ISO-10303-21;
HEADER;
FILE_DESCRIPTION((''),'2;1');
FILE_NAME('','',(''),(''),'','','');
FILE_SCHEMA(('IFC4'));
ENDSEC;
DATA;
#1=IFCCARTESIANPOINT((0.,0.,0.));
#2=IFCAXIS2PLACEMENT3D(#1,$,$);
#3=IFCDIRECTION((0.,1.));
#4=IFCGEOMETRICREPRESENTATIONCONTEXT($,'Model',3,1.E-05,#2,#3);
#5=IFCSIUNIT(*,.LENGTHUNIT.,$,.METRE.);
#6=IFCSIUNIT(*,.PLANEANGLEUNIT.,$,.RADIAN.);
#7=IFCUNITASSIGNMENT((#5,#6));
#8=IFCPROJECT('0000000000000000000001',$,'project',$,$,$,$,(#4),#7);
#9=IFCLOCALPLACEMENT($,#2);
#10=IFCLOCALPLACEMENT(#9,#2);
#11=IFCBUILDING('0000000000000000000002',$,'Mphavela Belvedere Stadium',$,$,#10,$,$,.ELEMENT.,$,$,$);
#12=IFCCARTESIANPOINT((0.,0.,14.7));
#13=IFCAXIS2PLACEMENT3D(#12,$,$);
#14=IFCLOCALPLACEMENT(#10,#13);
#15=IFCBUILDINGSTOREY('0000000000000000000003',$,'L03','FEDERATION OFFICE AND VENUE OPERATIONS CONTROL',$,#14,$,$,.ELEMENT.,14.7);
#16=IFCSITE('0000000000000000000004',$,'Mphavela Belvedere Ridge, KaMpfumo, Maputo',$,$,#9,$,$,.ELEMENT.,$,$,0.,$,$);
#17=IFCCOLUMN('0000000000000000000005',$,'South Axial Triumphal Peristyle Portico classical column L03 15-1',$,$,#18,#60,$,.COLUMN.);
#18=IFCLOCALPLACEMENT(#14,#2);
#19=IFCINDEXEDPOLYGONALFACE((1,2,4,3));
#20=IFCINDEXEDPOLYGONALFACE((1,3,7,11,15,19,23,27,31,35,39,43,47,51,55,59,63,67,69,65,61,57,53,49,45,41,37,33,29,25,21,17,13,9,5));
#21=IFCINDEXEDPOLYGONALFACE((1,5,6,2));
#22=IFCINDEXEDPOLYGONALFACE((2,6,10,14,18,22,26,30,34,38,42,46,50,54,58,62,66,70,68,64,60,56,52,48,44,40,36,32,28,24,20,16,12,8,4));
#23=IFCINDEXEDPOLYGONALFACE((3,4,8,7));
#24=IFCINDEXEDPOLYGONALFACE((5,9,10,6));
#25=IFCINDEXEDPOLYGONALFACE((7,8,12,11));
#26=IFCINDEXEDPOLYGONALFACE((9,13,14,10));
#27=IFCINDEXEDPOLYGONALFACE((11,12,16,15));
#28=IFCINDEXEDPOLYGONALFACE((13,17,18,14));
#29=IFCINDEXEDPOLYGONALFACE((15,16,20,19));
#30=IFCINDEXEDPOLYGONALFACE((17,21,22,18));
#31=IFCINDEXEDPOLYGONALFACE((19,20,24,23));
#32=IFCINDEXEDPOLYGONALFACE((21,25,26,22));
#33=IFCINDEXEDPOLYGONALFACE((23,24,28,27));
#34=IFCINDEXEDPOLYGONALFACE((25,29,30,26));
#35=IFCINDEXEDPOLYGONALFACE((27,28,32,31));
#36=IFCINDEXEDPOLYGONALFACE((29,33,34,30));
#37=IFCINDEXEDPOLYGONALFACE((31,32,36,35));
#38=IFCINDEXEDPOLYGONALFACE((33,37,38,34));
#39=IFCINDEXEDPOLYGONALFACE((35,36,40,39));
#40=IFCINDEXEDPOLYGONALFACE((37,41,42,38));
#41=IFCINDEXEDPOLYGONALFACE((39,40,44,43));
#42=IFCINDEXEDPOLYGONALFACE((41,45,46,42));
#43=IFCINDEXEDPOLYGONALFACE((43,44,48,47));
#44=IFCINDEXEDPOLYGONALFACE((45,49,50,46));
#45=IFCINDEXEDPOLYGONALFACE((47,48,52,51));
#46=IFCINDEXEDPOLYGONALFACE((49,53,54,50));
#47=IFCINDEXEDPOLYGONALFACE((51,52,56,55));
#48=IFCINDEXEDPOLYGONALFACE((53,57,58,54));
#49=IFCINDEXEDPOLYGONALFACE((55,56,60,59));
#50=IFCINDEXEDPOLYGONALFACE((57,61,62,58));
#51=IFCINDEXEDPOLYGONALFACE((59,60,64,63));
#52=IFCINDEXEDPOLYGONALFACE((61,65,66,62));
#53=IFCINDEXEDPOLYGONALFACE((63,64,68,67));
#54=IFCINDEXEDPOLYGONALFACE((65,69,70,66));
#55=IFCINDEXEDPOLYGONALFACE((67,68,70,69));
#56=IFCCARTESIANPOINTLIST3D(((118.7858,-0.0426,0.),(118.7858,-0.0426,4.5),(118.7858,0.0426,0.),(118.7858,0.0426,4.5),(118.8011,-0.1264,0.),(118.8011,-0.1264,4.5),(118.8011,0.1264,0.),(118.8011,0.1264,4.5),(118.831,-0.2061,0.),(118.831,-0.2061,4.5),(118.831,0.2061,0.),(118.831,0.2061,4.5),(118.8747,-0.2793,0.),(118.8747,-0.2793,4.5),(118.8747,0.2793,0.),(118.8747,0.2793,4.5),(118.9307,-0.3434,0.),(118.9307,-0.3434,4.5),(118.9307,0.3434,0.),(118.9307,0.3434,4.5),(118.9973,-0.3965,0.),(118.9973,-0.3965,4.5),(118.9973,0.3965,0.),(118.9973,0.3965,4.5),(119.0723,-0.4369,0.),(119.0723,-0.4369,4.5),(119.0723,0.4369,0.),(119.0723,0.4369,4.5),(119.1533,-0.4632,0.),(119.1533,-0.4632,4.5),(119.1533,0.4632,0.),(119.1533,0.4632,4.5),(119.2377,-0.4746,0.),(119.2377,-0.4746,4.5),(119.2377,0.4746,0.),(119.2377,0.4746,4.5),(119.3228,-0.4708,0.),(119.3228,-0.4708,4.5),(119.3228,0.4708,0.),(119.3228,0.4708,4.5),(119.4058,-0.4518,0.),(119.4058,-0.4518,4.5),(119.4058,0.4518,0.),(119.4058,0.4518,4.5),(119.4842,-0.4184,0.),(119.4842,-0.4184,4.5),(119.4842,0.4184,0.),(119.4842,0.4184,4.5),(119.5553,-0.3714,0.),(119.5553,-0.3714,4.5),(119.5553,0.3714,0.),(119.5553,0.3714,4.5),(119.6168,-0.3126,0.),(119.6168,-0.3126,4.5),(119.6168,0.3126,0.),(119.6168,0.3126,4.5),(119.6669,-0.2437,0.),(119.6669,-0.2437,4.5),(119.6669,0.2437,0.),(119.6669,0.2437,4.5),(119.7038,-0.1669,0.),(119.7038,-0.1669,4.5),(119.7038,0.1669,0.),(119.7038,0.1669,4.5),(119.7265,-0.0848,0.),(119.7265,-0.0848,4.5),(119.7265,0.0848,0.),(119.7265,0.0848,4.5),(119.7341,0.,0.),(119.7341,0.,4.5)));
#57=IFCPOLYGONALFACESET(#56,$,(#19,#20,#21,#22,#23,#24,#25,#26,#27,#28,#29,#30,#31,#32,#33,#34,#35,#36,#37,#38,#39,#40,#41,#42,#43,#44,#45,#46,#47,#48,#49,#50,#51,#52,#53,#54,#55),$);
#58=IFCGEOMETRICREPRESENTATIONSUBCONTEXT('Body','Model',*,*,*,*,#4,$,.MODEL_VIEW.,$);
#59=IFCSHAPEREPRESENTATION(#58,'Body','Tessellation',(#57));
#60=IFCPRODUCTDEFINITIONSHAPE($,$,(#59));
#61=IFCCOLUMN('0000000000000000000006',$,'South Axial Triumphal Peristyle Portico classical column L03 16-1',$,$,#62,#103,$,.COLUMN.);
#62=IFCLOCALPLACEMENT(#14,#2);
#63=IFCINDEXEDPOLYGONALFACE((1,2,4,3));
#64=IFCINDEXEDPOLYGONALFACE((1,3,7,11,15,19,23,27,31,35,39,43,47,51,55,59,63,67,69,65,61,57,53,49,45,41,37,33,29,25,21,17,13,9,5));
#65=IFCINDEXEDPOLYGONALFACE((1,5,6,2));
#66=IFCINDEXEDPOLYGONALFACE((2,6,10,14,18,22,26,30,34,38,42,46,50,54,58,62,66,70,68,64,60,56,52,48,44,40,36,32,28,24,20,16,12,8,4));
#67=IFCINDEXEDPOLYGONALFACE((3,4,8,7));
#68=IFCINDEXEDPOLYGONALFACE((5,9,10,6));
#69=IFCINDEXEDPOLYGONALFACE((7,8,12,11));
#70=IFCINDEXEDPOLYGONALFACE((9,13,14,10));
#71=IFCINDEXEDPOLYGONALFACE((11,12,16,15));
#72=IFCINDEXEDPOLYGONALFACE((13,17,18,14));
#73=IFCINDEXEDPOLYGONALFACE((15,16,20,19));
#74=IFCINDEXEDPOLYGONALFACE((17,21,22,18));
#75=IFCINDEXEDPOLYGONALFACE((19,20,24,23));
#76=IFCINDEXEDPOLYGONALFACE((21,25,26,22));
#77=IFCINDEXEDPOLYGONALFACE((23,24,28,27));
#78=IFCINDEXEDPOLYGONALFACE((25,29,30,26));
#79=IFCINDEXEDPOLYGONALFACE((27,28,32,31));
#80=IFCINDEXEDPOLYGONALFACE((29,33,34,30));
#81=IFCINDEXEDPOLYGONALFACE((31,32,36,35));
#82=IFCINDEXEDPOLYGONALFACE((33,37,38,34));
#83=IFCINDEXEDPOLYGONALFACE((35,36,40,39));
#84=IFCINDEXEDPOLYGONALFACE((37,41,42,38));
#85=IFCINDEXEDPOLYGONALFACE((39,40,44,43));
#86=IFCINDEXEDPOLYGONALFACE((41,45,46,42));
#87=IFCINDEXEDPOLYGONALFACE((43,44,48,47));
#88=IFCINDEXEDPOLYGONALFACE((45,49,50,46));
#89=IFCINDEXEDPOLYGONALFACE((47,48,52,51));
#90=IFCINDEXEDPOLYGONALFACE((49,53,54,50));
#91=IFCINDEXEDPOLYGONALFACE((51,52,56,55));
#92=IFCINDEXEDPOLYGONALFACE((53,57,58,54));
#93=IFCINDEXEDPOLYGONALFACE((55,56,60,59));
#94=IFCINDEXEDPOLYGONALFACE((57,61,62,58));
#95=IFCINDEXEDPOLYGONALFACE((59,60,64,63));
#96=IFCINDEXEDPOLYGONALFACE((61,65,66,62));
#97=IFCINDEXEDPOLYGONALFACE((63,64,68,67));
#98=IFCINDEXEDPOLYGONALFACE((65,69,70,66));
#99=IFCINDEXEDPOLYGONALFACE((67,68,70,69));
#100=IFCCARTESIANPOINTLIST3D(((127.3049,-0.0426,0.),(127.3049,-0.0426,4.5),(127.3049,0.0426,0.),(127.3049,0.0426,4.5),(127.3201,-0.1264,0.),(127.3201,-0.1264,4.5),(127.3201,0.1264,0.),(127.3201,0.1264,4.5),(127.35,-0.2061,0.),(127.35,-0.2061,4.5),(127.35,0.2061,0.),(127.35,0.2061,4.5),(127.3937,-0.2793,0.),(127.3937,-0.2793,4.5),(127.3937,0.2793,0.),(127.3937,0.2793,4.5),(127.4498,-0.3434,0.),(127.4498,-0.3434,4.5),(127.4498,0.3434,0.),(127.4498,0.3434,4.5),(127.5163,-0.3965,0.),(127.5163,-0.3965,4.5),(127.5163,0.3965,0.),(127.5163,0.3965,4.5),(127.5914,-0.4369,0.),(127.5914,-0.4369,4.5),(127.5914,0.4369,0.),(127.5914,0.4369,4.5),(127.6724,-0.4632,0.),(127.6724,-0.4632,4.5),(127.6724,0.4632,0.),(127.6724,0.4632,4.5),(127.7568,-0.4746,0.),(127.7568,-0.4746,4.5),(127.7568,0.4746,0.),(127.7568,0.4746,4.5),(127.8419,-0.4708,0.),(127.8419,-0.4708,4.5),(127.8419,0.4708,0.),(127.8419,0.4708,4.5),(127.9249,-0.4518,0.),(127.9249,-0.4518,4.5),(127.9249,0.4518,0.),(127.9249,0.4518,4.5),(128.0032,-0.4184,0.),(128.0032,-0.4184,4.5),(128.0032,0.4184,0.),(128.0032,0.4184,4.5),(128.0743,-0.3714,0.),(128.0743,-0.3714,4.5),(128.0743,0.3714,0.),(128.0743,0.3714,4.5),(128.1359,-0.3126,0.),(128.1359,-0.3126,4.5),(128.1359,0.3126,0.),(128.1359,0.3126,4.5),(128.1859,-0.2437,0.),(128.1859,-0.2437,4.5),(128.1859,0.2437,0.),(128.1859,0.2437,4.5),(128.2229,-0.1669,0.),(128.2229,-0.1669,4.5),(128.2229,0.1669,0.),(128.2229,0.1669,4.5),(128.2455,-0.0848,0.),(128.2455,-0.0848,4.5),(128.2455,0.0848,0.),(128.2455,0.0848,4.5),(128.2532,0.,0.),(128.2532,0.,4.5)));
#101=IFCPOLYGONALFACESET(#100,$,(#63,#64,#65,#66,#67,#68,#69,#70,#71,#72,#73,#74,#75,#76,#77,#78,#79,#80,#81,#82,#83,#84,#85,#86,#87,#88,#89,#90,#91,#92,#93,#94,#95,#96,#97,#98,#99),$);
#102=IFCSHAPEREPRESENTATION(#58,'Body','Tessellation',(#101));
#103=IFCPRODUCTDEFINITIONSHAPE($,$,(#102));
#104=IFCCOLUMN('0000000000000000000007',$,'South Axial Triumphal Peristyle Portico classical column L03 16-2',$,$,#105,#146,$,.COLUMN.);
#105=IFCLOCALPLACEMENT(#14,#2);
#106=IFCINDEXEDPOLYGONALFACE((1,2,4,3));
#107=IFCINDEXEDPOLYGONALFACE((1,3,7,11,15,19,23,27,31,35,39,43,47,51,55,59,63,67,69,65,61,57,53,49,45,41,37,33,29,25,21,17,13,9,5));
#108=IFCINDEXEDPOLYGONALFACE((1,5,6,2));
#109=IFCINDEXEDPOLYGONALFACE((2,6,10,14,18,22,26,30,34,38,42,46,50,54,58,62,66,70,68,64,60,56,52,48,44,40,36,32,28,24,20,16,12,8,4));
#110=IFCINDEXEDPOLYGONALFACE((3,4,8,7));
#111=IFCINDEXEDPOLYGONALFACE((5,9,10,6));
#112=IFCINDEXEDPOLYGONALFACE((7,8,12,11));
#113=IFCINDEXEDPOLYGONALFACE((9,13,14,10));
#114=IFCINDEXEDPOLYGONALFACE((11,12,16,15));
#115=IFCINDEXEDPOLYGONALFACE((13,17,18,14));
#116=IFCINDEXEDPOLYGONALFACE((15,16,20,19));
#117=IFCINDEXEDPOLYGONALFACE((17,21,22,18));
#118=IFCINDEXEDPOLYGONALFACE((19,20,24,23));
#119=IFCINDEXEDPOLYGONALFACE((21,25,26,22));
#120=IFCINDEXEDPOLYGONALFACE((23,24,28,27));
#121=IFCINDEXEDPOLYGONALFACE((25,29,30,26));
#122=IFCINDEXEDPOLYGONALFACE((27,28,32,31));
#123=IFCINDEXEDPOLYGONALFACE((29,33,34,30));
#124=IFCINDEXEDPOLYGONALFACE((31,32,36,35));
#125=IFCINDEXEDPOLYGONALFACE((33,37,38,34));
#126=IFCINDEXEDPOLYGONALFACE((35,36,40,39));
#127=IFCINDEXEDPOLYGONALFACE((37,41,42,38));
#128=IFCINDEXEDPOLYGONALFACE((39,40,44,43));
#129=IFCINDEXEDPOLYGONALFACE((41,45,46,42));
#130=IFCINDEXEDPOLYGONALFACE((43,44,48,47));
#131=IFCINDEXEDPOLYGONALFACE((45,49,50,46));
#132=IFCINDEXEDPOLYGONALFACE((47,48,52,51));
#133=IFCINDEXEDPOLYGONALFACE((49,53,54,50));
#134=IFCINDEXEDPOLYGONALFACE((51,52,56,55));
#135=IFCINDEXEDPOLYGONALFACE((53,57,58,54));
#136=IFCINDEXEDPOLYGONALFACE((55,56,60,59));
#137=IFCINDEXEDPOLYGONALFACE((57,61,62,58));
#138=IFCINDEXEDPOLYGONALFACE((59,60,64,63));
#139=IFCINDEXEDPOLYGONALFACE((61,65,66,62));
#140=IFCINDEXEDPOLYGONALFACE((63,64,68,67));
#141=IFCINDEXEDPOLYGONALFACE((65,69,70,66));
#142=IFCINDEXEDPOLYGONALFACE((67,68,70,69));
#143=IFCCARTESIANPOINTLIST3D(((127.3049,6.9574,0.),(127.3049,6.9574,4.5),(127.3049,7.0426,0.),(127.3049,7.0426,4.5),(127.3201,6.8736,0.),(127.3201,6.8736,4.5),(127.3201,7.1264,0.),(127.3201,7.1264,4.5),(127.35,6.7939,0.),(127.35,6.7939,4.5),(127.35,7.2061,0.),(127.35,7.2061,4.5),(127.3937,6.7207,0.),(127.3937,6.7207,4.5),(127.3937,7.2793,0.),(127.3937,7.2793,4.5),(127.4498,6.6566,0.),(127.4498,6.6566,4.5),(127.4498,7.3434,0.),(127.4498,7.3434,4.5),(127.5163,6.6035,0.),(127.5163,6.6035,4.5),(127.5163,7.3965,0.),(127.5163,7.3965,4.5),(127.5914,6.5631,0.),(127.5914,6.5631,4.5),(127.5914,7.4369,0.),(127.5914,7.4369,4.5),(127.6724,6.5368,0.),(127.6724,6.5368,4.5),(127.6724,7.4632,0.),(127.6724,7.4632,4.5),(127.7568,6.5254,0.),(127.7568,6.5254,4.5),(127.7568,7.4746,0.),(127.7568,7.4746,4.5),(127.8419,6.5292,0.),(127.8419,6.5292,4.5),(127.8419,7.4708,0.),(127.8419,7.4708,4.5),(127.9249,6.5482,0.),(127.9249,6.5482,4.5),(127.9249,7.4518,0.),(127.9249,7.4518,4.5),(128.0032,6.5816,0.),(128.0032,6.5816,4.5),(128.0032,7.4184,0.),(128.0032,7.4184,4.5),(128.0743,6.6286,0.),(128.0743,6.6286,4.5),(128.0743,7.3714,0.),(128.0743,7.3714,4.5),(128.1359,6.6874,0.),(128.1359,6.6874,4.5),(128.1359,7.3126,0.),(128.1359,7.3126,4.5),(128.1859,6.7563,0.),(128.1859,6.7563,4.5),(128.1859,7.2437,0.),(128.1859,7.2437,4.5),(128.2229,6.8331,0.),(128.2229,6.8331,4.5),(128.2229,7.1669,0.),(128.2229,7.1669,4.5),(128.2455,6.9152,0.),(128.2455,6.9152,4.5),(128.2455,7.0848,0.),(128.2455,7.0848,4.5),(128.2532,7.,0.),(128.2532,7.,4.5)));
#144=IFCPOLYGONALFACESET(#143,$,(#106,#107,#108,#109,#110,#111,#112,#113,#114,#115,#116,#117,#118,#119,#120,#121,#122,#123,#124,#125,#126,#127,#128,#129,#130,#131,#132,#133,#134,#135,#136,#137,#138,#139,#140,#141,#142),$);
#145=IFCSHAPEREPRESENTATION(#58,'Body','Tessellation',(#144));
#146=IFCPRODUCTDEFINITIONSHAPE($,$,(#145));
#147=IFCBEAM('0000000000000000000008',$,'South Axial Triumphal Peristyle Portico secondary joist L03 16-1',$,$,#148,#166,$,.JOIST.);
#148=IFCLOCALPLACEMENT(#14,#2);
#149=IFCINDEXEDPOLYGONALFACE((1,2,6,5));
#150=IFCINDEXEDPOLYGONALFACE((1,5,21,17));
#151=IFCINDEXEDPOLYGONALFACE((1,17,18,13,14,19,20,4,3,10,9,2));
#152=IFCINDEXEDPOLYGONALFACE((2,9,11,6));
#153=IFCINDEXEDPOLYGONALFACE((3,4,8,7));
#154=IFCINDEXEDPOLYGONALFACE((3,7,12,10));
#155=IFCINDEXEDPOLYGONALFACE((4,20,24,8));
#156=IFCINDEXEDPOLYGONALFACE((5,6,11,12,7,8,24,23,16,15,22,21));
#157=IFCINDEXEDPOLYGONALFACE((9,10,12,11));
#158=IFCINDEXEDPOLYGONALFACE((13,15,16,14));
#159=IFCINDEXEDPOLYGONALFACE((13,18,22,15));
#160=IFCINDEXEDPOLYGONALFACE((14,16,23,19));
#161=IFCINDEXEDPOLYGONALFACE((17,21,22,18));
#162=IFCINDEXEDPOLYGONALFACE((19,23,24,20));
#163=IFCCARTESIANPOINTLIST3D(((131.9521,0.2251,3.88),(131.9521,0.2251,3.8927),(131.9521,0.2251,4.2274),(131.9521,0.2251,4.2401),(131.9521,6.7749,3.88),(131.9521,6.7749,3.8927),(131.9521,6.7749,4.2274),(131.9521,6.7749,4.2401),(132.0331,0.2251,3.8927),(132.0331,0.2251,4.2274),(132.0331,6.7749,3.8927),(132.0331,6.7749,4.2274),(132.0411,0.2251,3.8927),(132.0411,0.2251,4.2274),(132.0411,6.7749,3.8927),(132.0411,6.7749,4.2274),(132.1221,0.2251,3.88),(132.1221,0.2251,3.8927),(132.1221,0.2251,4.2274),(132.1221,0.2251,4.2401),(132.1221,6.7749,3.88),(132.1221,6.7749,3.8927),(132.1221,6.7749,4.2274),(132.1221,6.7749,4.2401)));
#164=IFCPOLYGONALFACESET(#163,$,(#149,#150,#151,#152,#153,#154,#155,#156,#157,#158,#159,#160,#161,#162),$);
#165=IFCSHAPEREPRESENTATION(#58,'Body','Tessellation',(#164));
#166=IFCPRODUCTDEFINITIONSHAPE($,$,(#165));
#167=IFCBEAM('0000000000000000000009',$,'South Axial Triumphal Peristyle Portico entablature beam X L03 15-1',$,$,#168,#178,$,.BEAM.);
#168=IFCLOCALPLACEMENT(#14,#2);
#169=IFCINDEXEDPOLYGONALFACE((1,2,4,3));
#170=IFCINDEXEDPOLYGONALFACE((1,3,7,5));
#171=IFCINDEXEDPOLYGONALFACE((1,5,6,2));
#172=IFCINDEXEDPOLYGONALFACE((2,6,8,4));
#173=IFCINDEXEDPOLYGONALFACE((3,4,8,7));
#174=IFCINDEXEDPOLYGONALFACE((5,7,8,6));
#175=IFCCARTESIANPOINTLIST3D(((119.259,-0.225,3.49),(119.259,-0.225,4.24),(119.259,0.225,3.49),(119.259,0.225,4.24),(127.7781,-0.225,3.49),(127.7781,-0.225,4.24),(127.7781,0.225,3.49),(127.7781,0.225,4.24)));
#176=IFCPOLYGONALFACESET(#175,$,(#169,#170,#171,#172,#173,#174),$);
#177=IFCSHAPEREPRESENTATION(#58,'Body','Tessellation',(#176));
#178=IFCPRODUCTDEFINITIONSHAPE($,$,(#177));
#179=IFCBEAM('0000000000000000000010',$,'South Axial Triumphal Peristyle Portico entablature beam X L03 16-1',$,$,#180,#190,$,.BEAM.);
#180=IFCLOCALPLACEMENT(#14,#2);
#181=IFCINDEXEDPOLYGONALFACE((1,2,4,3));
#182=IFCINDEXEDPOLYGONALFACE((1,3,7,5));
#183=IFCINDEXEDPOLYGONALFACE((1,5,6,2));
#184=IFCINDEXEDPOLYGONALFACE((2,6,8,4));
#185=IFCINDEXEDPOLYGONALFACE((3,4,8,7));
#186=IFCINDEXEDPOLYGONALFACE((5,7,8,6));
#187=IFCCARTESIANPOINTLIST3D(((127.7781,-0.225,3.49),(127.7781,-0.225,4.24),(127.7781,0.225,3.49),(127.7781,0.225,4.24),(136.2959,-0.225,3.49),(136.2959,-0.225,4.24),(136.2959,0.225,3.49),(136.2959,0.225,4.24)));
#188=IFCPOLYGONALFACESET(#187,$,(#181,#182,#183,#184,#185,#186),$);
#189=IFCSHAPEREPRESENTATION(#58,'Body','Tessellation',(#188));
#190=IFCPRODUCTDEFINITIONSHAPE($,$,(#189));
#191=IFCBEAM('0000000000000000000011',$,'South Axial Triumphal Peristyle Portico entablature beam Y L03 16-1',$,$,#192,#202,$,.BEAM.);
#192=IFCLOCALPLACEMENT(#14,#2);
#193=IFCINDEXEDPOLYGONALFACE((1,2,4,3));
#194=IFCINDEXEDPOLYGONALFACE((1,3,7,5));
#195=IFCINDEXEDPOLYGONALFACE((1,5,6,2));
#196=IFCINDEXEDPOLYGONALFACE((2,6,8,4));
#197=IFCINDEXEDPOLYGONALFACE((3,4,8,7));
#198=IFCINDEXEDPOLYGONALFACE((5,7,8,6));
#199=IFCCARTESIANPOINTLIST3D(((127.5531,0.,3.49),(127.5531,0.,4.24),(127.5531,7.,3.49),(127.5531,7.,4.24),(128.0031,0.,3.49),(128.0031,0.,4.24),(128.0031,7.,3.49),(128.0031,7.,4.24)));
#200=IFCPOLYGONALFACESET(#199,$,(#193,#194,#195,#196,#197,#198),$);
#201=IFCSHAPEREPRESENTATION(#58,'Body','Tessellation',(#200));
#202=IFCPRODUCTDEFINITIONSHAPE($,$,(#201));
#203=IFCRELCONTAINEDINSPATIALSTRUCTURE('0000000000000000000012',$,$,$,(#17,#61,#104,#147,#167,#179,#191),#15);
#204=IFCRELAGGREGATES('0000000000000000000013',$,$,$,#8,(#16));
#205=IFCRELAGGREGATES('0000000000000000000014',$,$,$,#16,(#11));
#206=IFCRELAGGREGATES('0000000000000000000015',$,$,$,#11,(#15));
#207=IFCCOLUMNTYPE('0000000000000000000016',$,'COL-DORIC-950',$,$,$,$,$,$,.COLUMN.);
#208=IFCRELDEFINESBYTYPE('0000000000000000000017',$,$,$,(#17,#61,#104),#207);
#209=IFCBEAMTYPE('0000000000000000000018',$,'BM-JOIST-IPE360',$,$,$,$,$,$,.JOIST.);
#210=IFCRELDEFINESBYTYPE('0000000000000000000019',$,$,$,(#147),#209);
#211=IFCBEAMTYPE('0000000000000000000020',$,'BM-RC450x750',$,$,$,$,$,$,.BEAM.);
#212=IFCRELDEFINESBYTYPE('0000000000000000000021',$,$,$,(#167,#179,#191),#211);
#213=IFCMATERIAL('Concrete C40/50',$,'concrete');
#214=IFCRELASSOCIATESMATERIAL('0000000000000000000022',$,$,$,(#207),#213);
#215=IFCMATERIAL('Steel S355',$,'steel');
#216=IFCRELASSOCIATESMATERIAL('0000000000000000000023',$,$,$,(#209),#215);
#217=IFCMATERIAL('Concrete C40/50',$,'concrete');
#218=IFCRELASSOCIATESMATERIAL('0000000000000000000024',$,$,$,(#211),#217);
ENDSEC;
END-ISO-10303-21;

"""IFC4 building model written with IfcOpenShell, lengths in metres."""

from ifc_helpers import new_model, si_unit, direction, frame, origin, origin_2d, place, context, subcontext, project, spatial, rectangle, circle, i_section, extrude, material, material_profile, profile_set, type_object, element, save


model = new_model("IFC4")

# Units and contexts
model_context = context("Model", 3, precision=1e-05, world=origin(), true_north=direction((0.0, 1.0)))
body_context = subcontext(model_context, "Body", "Model", "MODEL_VIEW")
ifc_project = project(units=[si_unit("LENGTHUNIT", "METRE"), si_unit("PLANEANGLEUNIT", "RADIAN")], contexts=[model_context])

# Site, building, storey
site_placement = place(None, origin())
site = spatial("IfcSite", under=ifc_project, at=site_placement, Name="Mphavela Belvedere Ridge, KaMpfumo, Maputo", CompositionType="ELEMENT", RefElevation=0.0)
building_placement = place(site_placement, origin())
building = spatial("IfcBuilding", under=site, at=building_placement, Name="Mphavela Belvedere Stadium", CompositionType="ELEMENT")
storey_placement = place(building_placement, frame((0.0, 0.0, 14.7)))
storey = spatial("IfcBuildingStorey", under=building, at=storey_placement, Name="L03", Description="FEDERATION OFFICE AND VENUE OPERATIONS CONTROL", CompositionType="ELEMENT", Elevation=14.7)

# Columns
ifc_material_1 = material(Name="Concrete C40/50", Category="concrete")
ifc_material_profile_1 = material_profile(ifc_material_1, circle(Radius=0.4751, at=origin_2d()), Name="COL D950")
ifc_profile_set_1 = profile_set([ifc_material_profile_1], Name="Concrete C40/50")
column_type = type_object("IfcColumnType", Name="COL-DORIC-950", PredefinedType="COLUMN", material=ifc_profile_set_1)
for number, where, z_axis, x_axis, name in (
    (1, (119.259, 0.0, 0.0), (0.0, 0.0, 1.0), (1.0, 0.0, 0.0), "South Axial Triumphal Peristyle Portico classical column L03 15-1"),
    (2, (127.7781, 0.0, 0.0), (0.0, 0.0, 1.0), (1.0, 0.0, 0.0), "South Axial Triumphal Peristyle Portico classical column L03 16-1"),
    (3, (127.7781, 7.0, 0.0), (0.0, 0.0, 1.0), (1.0, 0.0, 0.0), "South Axial Triumphal Peristyle Portico classical column L03 16-2"),
):
    element("IfcColumn", number, at=place(storey_placement, frame(where, z_axis=z_axis, x_axis=x_axis)), inside=storey, type_object=column_type, Name=name, PredefinedType="COLUMN", context=body_context, shape_type="SweptSolid", body=[
        extrude(circle(Radius=0.4751, at=origin_2d()), origin(), (0.0, 0.0, 1.0), 4.5),
    ])

# Beams
ifc_material_2 = material(Name="Steel S355", Category="steel")
ifc_material_profile_2 = material_profile(ifc_material_2, i_section(OverallWidth=0.1699, OverallDepth=0.3601, WebThickness=0.0081, FlangeThickness=0.0127, at=origin_2d()), Name="IPE 360")
ifc_profile_set_2 = profile_set([ifc_material_profile_2], Name="Steel S355")
beam_type_1 = type_object("IfcBeamType", Name="BM-JOIST-IPE360", PredefinedType="JOIST", material=ifc_profile_set_2)
beam_1_placement = place(storey_placement, frame((132.0371, 0.2251, 4.0601), z_axis=(0.0, 1.0, 0.0), x_axis=(-1.0, 0.0, 0.0)))
element("IfcBeam", 4, at=beam_1_placement, inside=storey, type_object=beam_type_1, Name="South Axial Triumphal Peristyle Portico secondary joist L03 16-1", PredefinedType="JOIST", context=body_context, shape_type="SweptSolid", body=[
    extrude(i_section(OverallWidth=0.1699, OverallDepth=0.3601, WebThickness=0.0081, FlangeThickness=0.0127, at=origin_2d()), origin(), (0.0, 0.0, 1.0), 6.5498),
])
ifc_material_3 = material(Name="Concrete C40/50", Category="concrete")
ifc_material_profile_3 = material_profile(ifc_material_3, rectangle(XDim=0.45, YDim=0.75, at=origin_2d()), Name="RC 450x750")
ifc_profile_set_3 = profile_set([ifc_material_profile_3], Name="Concrete C40/50")
beam_type_2 = type_object("IfcBeamType", Name="BM-RC450x750", PredefinedType="BEAM", material=ifc_profile_set_3)
beam_2_placement = place(storey_placement, frame((119.259, 0.0, 3.865), z_axis=(1.0, 0.0, 0.0), x_axis=(0.0, 1.0, 0.0)))
element("IfcBeam", 5, at=beam_2_placement, inside=storey, type_object=beam_type_2, Name="South Axial Triumphal Peristyle Portico entablature beam X L03 15-1", PredefinedType="BEAM", context=body_context, shape_type="SweptSolid", body=[
    extrude(rectangle(XDim=0.45, YDim=0.75, at=origin_2d()), origin(), (0.0, 0.0, 1.0), 8.519),
])
beam_3_placement = place(storey_placement, frame((127.7781, 0.0, 3.865), z_axis=(1.0, 0.0, 0.0), x_axis=(0.0, 1.0, 0.0)))
element("IfcBeam", 6, at=beam_3_placement, inside=storey, type_object=beam_type_2, Name="South Axial Triumphal Peristyle Portico entablature beam X L03 16-1", PredefinedType="BEAM", context=body_context, shape_type="SweptSolid", body=[
    extrude(rectangle(XDim=0.45, YDim=0.75, at=origin_2d()), origin(), (0.0, 0.0, 1.0), 8.5178),
])
beam_4_placement = place(storey_placement, frame((127.7781, 0.0, 3.865), z_axis=(0.0, 1.0, 0.0), x_axis=(-1.0, 0.0, 0.0)))
element("IfcBeam", 7, at=beam_4_placement, inside=storey, type_object=beam_type_2, Name="South Axial Triumphal Peristyle Portico entablature beam Y L03 16-1", PredefinedType="BEAM", context=body_context, shape_type="SweptSolid", body=[
    extrude(rectangle(XDim=0.45, YDim=0.75, at=origin_2d()), origin(), (0.0, 0.0, 1.0), 7.0),
])

save(model, "model.ifc")
